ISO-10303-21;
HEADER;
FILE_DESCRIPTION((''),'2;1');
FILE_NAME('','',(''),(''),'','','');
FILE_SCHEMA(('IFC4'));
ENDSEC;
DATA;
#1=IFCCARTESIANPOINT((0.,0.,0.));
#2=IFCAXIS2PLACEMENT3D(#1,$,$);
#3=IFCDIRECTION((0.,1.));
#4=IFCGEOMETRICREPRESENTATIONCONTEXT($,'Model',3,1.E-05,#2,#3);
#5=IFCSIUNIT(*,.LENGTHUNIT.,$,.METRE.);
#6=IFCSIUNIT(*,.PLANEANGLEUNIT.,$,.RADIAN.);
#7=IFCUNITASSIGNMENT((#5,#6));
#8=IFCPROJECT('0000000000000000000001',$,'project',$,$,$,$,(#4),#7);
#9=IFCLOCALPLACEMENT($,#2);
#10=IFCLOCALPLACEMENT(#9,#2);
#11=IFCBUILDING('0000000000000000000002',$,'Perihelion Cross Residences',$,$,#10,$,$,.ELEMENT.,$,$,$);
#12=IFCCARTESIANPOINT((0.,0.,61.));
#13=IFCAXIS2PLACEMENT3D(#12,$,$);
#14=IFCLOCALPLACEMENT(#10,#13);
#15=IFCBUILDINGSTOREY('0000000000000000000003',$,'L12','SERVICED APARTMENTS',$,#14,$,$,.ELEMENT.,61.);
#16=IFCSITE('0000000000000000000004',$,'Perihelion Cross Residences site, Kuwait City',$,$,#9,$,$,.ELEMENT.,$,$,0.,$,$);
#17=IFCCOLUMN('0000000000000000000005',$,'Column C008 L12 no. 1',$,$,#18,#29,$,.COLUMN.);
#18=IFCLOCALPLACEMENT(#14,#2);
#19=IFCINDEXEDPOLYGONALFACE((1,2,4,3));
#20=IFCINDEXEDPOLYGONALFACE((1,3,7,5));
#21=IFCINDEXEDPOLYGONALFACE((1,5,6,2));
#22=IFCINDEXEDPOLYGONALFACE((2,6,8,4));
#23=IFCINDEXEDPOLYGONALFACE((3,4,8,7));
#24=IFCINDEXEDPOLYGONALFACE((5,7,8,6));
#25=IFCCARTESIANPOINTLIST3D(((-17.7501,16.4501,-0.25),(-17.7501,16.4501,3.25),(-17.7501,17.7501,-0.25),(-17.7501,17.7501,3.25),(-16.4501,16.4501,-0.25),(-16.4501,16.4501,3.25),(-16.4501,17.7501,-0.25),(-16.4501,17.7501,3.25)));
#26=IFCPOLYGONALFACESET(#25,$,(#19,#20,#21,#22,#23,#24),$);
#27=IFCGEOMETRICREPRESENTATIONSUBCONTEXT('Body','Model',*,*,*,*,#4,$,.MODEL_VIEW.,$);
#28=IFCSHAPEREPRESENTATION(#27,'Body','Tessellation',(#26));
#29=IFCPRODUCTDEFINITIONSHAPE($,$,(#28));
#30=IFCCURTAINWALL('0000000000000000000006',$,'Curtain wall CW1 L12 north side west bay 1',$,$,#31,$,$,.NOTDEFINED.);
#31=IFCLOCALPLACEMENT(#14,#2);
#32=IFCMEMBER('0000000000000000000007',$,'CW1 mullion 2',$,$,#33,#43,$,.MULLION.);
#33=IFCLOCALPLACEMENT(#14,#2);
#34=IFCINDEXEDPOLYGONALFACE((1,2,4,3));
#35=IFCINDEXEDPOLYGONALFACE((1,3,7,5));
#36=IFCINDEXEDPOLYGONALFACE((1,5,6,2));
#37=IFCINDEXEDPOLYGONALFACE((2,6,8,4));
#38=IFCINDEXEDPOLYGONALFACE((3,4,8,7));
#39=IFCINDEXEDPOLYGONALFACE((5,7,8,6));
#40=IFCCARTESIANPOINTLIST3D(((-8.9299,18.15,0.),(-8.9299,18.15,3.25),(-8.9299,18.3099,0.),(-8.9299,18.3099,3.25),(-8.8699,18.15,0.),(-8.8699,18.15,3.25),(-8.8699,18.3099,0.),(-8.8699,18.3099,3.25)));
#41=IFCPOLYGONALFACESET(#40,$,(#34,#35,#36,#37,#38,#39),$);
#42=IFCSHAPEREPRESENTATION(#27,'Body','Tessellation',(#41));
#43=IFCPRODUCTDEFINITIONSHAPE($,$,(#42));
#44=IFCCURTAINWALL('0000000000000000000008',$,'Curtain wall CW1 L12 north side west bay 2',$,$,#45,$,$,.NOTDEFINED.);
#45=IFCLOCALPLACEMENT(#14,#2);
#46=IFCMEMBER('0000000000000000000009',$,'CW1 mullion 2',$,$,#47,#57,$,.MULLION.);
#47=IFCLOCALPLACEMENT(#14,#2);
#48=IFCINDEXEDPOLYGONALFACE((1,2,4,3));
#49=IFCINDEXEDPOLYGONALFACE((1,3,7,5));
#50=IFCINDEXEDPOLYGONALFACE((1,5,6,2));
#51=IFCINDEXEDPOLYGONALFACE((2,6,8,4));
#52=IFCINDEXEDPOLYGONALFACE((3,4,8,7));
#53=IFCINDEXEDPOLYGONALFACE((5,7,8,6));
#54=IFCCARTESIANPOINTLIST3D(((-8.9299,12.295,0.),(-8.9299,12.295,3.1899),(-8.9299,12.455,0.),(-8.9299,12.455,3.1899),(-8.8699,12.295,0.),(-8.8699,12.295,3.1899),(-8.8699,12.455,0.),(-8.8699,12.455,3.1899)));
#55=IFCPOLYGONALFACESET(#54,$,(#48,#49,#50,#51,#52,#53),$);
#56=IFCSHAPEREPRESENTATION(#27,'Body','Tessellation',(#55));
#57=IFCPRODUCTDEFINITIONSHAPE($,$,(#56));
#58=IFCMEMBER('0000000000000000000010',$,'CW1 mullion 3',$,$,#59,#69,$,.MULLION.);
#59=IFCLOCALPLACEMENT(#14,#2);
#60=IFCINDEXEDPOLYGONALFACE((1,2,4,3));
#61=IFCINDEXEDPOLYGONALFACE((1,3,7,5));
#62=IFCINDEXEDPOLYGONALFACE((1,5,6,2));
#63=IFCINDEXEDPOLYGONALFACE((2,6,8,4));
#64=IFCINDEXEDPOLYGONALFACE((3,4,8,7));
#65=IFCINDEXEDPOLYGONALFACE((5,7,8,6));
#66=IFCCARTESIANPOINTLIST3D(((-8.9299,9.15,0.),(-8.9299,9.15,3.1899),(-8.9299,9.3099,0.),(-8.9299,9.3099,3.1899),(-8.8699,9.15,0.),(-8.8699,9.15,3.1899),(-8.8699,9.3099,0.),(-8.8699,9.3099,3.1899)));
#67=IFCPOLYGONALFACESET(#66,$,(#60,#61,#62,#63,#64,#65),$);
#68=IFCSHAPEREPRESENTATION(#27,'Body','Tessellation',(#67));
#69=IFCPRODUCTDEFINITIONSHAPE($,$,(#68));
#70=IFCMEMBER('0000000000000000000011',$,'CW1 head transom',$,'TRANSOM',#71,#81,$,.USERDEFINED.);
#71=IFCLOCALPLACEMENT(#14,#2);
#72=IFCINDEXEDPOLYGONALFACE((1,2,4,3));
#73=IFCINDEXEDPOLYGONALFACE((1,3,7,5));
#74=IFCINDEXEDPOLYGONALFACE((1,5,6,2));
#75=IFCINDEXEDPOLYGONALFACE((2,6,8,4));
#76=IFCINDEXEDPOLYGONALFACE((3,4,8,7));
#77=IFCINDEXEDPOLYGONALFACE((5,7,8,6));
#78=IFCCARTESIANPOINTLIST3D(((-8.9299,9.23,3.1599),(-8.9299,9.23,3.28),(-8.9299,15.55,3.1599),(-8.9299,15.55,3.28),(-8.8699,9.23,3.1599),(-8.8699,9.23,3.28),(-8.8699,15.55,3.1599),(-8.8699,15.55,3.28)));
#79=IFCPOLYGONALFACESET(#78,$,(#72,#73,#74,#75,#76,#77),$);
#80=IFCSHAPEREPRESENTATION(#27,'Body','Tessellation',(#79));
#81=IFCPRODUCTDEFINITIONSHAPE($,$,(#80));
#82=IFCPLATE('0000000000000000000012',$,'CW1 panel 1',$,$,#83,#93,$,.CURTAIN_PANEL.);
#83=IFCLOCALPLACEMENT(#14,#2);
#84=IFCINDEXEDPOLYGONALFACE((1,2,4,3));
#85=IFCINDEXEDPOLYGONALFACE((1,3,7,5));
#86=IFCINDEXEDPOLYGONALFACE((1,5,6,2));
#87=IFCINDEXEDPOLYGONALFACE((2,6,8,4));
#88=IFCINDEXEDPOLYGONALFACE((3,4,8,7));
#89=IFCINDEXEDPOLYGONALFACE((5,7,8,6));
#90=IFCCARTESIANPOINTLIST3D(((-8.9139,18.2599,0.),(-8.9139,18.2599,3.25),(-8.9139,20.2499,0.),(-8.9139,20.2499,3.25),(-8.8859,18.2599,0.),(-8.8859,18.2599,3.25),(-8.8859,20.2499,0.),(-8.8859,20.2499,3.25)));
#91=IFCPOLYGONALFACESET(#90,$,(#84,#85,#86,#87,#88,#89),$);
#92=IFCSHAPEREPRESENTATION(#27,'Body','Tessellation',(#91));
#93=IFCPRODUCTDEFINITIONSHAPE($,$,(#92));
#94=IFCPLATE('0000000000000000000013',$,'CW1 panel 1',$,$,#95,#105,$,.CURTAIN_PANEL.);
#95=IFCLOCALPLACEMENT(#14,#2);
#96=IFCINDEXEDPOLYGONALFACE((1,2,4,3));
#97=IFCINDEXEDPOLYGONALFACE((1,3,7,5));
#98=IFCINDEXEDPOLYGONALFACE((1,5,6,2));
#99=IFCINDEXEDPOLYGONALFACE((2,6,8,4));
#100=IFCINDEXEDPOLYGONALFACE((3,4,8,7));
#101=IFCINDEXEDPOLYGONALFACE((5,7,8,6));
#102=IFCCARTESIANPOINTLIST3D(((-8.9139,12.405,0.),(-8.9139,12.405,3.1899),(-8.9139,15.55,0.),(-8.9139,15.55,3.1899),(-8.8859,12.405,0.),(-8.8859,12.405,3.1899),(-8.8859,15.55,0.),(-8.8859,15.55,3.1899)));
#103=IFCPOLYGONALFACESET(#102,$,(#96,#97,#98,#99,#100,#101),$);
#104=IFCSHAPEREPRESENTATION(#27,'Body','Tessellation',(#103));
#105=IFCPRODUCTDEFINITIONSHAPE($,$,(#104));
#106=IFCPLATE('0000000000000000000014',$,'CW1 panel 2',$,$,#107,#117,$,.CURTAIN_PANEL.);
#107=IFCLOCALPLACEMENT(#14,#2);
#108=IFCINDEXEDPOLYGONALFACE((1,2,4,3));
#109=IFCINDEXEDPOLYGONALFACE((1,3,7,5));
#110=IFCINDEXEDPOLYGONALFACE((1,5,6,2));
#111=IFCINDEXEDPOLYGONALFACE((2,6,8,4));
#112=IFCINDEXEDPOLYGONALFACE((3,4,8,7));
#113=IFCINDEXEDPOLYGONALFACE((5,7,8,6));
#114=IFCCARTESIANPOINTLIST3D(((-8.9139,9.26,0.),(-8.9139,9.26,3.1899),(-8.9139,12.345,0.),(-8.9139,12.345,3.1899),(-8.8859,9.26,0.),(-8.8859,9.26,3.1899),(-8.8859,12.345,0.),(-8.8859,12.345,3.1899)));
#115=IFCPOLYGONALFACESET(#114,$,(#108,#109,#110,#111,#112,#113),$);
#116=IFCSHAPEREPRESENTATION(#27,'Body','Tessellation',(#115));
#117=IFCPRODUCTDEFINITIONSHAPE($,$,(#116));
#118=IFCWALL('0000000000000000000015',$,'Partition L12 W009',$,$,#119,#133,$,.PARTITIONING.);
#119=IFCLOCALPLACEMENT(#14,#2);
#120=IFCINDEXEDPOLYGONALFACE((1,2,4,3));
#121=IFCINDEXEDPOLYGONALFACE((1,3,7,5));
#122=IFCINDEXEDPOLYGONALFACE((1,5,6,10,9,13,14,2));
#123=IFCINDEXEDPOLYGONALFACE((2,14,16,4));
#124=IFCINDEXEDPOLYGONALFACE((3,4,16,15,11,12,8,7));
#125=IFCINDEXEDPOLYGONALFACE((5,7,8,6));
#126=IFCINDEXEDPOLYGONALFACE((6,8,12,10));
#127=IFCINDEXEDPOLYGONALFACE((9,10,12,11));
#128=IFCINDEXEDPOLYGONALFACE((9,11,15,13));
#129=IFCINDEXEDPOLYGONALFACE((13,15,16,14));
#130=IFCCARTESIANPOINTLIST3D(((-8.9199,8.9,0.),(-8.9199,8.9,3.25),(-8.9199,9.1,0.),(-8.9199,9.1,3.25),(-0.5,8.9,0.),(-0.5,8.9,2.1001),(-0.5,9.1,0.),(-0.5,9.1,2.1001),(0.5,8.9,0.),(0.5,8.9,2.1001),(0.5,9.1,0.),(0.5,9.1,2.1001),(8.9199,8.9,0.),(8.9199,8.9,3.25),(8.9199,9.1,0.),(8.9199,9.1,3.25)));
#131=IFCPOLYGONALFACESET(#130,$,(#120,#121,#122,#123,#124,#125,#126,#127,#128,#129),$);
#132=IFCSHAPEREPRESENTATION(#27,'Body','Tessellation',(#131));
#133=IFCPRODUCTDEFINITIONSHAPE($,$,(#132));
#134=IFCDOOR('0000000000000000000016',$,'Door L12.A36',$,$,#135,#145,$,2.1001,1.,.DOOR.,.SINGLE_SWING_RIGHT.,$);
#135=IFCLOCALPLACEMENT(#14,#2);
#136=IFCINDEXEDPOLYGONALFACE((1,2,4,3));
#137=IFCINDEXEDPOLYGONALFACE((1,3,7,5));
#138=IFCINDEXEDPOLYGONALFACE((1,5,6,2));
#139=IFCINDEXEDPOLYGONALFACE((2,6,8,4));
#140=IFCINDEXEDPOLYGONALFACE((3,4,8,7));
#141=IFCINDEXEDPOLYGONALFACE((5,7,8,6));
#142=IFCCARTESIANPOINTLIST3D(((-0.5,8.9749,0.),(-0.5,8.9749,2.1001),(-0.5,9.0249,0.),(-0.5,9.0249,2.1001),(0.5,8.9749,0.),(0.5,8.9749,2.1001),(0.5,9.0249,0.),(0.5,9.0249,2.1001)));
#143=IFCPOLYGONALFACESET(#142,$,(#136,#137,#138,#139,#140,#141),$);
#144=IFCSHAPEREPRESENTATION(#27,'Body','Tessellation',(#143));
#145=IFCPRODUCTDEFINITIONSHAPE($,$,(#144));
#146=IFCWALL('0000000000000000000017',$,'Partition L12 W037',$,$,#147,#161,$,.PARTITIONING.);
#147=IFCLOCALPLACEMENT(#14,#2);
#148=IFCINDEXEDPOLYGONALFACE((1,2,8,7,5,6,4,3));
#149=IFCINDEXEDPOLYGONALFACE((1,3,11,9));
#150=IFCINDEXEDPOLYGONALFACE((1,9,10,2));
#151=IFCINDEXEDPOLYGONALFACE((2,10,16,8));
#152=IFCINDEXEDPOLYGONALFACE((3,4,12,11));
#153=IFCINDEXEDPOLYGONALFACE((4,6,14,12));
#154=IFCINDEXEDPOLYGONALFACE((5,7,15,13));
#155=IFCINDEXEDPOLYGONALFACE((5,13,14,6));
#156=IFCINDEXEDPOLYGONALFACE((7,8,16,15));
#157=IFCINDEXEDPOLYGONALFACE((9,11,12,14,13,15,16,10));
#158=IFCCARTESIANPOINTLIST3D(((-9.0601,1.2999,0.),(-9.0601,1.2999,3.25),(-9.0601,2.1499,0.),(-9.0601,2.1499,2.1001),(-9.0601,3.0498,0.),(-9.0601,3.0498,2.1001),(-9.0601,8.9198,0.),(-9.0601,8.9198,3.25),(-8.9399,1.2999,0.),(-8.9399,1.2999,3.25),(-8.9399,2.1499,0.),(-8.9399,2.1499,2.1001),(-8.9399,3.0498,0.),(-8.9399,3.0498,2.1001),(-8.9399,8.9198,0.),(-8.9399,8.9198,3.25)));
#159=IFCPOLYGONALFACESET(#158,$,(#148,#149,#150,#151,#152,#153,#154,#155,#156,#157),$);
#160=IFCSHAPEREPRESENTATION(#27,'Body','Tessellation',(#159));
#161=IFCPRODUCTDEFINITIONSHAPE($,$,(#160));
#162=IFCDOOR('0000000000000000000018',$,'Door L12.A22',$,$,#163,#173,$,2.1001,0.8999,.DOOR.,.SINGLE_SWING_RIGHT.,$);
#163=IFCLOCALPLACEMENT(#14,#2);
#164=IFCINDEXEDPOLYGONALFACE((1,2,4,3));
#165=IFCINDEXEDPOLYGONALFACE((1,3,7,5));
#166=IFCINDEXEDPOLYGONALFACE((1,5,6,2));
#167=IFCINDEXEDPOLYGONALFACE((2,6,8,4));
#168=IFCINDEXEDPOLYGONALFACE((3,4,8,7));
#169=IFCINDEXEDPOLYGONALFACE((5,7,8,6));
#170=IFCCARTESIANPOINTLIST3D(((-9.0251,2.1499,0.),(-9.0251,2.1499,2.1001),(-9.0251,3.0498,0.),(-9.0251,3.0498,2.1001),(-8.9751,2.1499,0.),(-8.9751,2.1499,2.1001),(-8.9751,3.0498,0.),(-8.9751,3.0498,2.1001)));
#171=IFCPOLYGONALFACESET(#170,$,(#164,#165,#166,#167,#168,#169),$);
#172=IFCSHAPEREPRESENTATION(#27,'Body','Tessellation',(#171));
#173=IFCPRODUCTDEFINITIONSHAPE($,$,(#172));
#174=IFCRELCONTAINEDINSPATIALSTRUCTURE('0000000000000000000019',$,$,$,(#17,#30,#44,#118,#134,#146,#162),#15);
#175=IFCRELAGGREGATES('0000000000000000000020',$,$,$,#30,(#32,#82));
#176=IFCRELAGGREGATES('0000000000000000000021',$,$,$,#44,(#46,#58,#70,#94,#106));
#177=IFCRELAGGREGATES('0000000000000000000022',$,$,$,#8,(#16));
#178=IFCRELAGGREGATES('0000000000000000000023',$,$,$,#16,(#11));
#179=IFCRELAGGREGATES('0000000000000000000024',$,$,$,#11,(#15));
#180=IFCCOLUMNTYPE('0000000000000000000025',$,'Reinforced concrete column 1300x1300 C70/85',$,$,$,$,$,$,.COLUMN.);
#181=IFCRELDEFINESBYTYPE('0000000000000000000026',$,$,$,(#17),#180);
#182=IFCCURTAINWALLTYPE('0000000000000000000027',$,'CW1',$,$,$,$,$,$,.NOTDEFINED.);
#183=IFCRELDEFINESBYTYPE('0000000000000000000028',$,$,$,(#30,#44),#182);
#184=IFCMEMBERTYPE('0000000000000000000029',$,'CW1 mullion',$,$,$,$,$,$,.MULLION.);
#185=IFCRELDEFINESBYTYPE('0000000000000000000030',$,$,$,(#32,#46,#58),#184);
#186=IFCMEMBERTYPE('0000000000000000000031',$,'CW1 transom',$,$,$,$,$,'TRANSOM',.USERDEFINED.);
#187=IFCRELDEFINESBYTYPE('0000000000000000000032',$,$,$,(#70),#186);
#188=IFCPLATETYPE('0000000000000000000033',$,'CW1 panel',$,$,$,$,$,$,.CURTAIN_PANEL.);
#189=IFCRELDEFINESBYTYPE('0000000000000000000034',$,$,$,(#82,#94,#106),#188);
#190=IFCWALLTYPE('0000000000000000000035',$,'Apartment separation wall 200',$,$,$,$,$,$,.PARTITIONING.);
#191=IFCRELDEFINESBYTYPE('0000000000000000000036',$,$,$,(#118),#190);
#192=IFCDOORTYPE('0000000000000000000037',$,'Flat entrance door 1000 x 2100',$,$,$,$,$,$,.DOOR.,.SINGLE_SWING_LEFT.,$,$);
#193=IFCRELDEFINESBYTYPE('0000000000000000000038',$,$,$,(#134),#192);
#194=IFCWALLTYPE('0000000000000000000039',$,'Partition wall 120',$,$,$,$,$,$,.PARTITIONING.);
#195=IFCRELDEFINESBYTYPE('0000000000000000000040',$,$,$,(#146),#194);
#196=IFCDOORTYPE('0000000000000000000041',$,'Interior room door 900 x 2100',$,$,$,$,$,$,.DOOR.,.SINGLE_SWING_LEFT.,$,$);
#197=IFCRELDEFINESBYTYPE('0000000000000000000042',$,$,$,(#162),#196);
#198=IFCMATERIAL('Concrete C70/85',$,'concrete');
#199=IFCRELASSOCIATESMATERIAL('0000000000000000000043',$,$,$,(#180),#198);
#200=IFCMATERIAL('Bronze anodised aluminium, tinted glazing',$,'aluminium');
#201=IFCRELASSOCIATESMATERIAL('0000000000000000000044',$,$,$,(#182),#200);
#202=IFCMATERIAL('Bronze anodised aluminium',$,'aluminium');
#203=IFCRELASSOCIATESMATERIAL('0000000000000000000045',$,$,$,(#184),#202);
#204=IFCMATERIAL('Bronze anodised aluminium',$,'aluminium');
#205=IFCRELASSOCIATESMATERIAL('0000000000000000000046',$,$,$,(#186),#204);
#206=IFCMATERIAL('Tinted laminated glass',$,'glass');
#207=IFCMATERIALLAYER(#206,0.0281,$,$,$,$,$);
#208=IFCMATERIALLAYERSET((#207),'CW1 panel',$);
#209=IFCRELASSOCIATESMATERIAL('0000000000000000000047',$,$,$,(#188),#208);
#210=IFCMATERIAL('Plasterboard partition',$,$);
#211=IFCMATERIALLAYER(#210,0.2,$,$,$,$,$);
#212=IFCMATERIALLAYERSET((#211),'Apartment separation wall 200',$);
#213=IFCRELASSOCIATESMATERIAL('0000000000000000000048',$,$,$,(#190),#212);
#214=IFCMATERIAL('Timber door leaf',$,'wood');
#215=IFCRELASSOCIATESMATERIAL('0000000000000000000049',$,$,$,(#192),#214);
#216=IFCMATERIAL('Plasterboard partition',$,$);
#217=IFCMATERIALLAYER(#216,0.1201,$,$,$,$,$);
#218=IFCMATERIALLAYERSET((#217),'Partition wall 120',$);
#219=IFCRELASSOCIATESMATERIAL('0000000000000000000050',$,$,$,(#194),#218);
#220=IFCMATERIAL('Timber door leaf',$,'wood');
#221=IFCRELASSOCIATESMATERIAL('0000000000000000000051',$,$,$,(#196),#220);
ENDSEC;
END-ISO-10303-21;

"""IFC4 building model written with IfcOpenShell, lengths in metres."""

from ifc_helpers import new_model, si_unit, direction, frame, frame_2d, origin, origin_2d, place, context, subcontext, project, spatial, rectangle, extrude, material, layer, layer_set, material_profile, profile_set, type_object, element, fill, aggregate, save


model = new_model("IFC4")

# Units and contexts
model_context = context("Model", 3, precision=1e-05, world=origin(), true_north=direction((0.0, 1.0)))
body_context = subcontext(model_context, "Body", "Model", "MODEL_VIEW")
ifc_project = project(units=[si_unit("LENGTHUNIT", "METRE"), si_unit("PLANEANGLEUNIT", "RADIAN")], contexts=[model_context])

# Site, building, storey
site_placement = place(None, origin())
site = spatial("IfcSite", under=ifc_project, at=site_placement, Name="Perihelion Cross Residences site, Kuwait City", CompositionType="ELEMENT", RefElevation=0.0)
building_placement = place(site_placement, origin())
building = spatial("IfcBuilding", under=site, at=building_placement, Name="Perihelion Cross Residences", CompositionType="ELEMENT")
storey_placement = place(building_placement, frame((0.0, 0.0, 61.0)))
storey = spatial("IfcBuildingStorey", under=building, at=storey_placement, Name="L12", Description="SERVICED APARTMENTS", CompositionType="ELEMENT", Elevation=61.0)

# Column
ifc_material_1 = material(Name="Concrete C70/85", Category="concrete")
ifc_material_profile_1 = material_profile(ifc_material_1, rectangle(XDim=1.3, YDim=1.3, at=origin_2d()), Name="RC 1300x1300")
ifc_profile_set_1 = profile_set([ifc_material_profile_1], Name="Concrete C70/85")
column_type = type_object("IfcColumnType", Name="Reinforced concrete column 1300x1300 C70/85", PredefinedType="COLUMN", material=ifc_profile_set_1)
column_placement = place(storey_placement, frame((-17.1001, 17.1001, -0.25), z_axis=(0.0, 0.0, 1.0), x_axis=(1.0, 0.0, 0.0)))
element("IfcColumn", 1, at=column_placement, inside=storey, type_object=column_type, Name="Column C008 L12 no. 1", PredefinedType="COLUMN", context=body_context, shape_type="SweptSolid", body=[
    extrude(rectangle(XDim=1.3, YDim=1.3, at=origin_2d()), origin(), (0.0, 0.0, 1.0), 3.5),
])

# Curtain wall, member
ifc_material_2 = material(Name="Bronze anodised aluminium, tinted glazing", Category="aluminium")
curtain_wall_type = type_object("IfcCurtainWallType", Name="CW1", PredefinedType="NOTDEFINED", material=ifc_material_2)
curtain_wall_1_placement = place(storey_placement, origin())
curtain_wall_1 = element("IfcCurtainWall", 2, at=curtain_wall_1_placement, inside=storey, type_object=curtain_wall_type, Name="Curtain wall CW1 L12 north side west bay 1", PredefinedType="NOTDEFINED")
ifc_material_3 = material(Name="Bronze anodised aluminium", Category="aluminium")
ifc_material_profile_2 = material_profile(ifc_material_3, rectangle(XDim=0.0601, YDim=0.1599, at=origin_2d()), Name="CW1 mullion")
ifc_profile_set_2 = profile_set([ifc_material_profile_2], Name="Bronze anodised aluminium")
member_type_1 = type_object("IfcMemberType", Name="CW1 mullion", PredefinedType="MULLION", material=ifc_profile_set_2)
member_1_placement = place(storey_placement, frame((-8.8999, 18.23, 0.0), z_axis=(0.0, 0.0, 1.0), x_axis=(1.0, 0.0, 0.0)))
member_1 = element("IfcMember", 3, at=member_1_placement, type_object=member_type_1, Name="CW1 mullion 2", PredefinedType="MULLION", context=body_context, shape_type="SweptSolid", body=[
    extrude(rectangle(XDim=0.0601, YDim=0.1599, at=origin_2d()), origin(), (0.0, 0.0, 1.0), 3.25),
])

# Curtain wall, members
curtain_wall_2_placement = place(storey_placement, origin())
curtain_wall_2 = element("IfcCurtainWall", 4, at=curtain_wall_2_placement, inside=storey, type_object=curtain_wall_type, Name="Curtain wall CW1 L12 north side west bay 2", PredefinedType="NOTDEFINED")
member_2_placement = place(storey_placement, frame((-8.8999, 12.375, 0.0), z_axis=(0.0, 0.0, 1.0), x_axis=(1.0, 0.0, 0.0)))
member_2 = element("IfcMember", 5, at=member_2_placement, type_object=member_type_1, Name="CW1 mullion 2", PredefinedType="MULLION", context=body_context, shape_type="SweptSolid", body=[
    extrude(rectangle(XDim=0.0601, YDim=0.1599, at=origin_2d()), origin(), (0.0, 0.0, 1.0), 3.1899),
])
member_3_placement = place(storey_placement, frame((-8.8999, 9.23, 0.0), z_axis=(0.0, 0.0, 1.0), x_axis=(1.0, 0.0, 0.0)))
member_3 = element("IfcMember", 6, at=member_3_placement, type_object=member_type_1, Name="CW1 mullion 3", PredefinedType="MULLION", context=body_context, shape_type="SweptSolid", body=[
    extrude(rectangle(XDim=0.0601, YDim=0.1599, at=origin_2d()), origin(), (0.0, 0.0, 1.0), 3.1899),
])
ifc_material_4 = material(Name="Bronze anodised aluminium", Category="aluminium")
ifc_material_profile_3 = material_profile(ifc_material_4, rectangle(XDim=0.0601, YDim=0.1201, at=origin_2d()), Name="CW1 transom")
ifc_profile_set_3 = profile_set([ifc_material_profile_3], Name="Bronze anodised aluminium")
member_type_2 = type_object("IfcMemberType", Name="CW1 transom", ElementType="TRANSOM", PredefinedType="USERDEFINED", material=ifc_profile_set_3)
member_4_placement = place(storey_placement, frame((-8.8999, 15.55, 3.22), z_axis=(0.0, -1.0, 0.0), x_axis=(1.0, 0.0, 0.0)))
member_4 = element("IfcMember", 7, at=member_4_placement, type_object=member_type_2, Name="CW1 head transom", ObjectType="TRANSOM", PredefinedType="USERDEFINED", context=body_context, shape_type="SweptSolid", body=[
    extrude(rectangle(XDim=0.0601, YDim=0.1201, at=origin_2d()), origin(), (0.0, 0.0, 1.0), 6.3201),
])

# Plates
ifc_material_5 = material(Name="Tinted laminated glass", Category="glass")
ifc_layer_1 = layer(ifc_material_5, 0.0281)
ifc_layer_set_1 = layer_set([ifc_layer_1], Name="CW1 panel")
plate_type = type_object("IfcPlateType", Name="CW1 panel", PredefinedType="CURTAIN_PANEL", material=ifc_layer_set_1)
plate_1_placement = place(storey_placement, frame((-8.8999, 19.2549, 0.0), z_axis=(0.0, 0.0, 1.0), x_axis=(0.0, -1.0, 0.0)))
plate_1 = element("IfcPlate", 8, at=plate_1_placement, type_object=plate_type, Name="CW1 panel 1", PredefinedType="CURTAIN_PANEL", context=body_context, shape_type="SweptSolid", body=[
    extrude(rectangle(XDim=1.99, YDim=0.0281, at=origin_2d()), origin(), (0.0, 0.0, 1.0), 3.25),
])
aggregate(curtain_wall_1, [member_1, plate_1])
plate_2_placement = place(storey_placement, frame((-8.8999, 13.9775, 0.0), z_axis=(0.0, 0.0, 1.0), x_axis=(0.0, -1.0, 0.0)))
plate_2 = element("IfcPlate", 9, at=plate_2_placement, type_object=plate_type, Name="CW1 panel 1", PredefinedType="CURTAIN_PANEL", context=body_context, shape_type="SweptSolid", body=[
    extrude(rectangle(XDim=3.145, YDim=0.0281, at=origin_2d()), origin(), (0.0, 0.0, 1.0), 3.1899),
])
plate_3_placement = place(storey_placement, frame((-8.8999, 10.8025, 0.0), z_axis=(0.0, 0.0, 1.0), x_axis=(0.0, -1.0, 0.0)))
plate_3 = element("IfcPlate", 10, at=plate_3_placement, type_object=plate_type, Name="CW1 panel 2", PredefinedType="CURTAIN_PANEL", context=body_context, shape_type="SweptSolid", body=[
    extrude(rectangle(XDim=3.085, YDim=0.0281, at=origin_2d()), origin(), (0.0, 0.0, 1.0), 3.1899),
])
aggregate(curtain_wall_2, [member_2, member_3, member_4, plate_2, plate_3])

# Walls, openings, doors
ifc_material_6 = material(Name="Plasterboard partition")
ifc_layer_2 = layer(ifc_material_6, 0.2)
ifc_layer_set_2 = layer_set([ifc_layer_2], Name="Apartment separation wall 200")
wall_type_1 = type_object("IfcWallType", Name="Apartment separation wall 200", PredefinedType="PARTITIONING", material=ifc_layer_set_2)
wall_1_placement = place(storey_placement, frame((-8.9199, 9.0, 0.0), z_axis=(0.0, 0.0, 1.0), x_axis=(1.0, 0.0, 0.0)))
wall_1 = element("IfcWall", 11, at=wall_1_placement, inside=storey, type_object=wall_type_1, Name="Partition L12 W009", PredefinedType="PARTITIONING", context=body_context, shape_type="SweptSolid", body=[
    extrude(rectangle(XDim=17.8398, YDim=0.2, at=frame_2d((8.9199, 0.0))), origin(), (0.0, 0.0, 1.0), 3.25),
])
opening_1_placement = place(wall_1_placement, frame((8.4199, 0.0, 0.0)))
opening_1 = element("IfcOpeningElement", 12, at=opening_1_placement, cuts=wall_1, PredefinedType="OPENING", context=body_context, shape_type="SweptSolid", body=[
    extrude(rectangle(XDim=1.0, YDim=2.1001, at=frame_2d((0.5, 1.05))), frame((0.0, 0.1099, 0.0), z_axis=(0.0, -1.0, 0.0), x_axis=(1.0, 0.0, 0.0)), (0.0, 0.0, 1.0), 0.22),
])
ifc_material_7 = material(Name="Timber door leaf", Category="wood")
door_type_1 = type_object("IfcDoorType", Name="Flat entrance door 1000 x 2100", OperationType="SINGLE_SWING_LEFT", PredefinedType="DOOR", material=ifc_material_7)
door_1_placement = place(opening_1_placement, origin())
door_1 = element("IfcDoor", 13, at=door_1_placement, inside=storey, type_object=door_type_1, Name="Door L12.A36", OperationType="SINGLE_SWING_RIGHT", OverallHeight=2.1001, OverallWidth=1.0, PredefinedType="DOOR", context=body_context, shape_type="SweptSolid", body=[
    extrude(rectangle(XDim=1.0, YDim=2.1001, at=frame_2d((0.5, 1.05))), frame((0.0, 0.0249, 0.0), z_axis=(0.0, -1.0, 0.0), x_axis=(1.0, 0.0, 0.0)), (0.0, 0.0, 1.0), 0.05),
])
fill(opening_1, door_1)
ifc_material_8 = material(Name="Plasterboard partition")
ifc_layer_3 = layer(ifc_material_8, 0.1201)
ifc_layer_set_3 = layer_set([ifc_layer_3], Name="Partition wall 120")
wall_type_2 = type_object("IfcWallType", Name="Partition wall 120", PredefinedType="PARTITIONING", material=ifc_layer_set_3)
wall_2_placement = place(storey_placement, frame((-9.0, 8.9199, 0.0), z_axis=(0.0, 0.0, 1.0), x_axis=(0.0, -1.0, 0.0)))
wall_2 = element("IfcWall", 14, at=wall_2_placement, inside=storey, type_object=wall_type_2, Name="Partition L12 W037", PredefinedType="PARTITIONING", context=body_context, shape_type="SweptSolid", body=[
    extrude(rectangle(XDim=7.6199, YDim=0.1201, at=frame_2d((3.8101, 0.0))), origin(), (0.0, 0.0, 1.0), 3.25),
])
opening_2_placement = place(wall_2_placement, frame((5.8701, 0.0, 0.0)))
opening_2 = element("IfcOpeningElement", 15, at=opening_2_placement, cuts=wall_2, PredefinedType="OPENING", context=body_context, shape_type="SweptSolid", body=[
    extrude(rectangle(XDim=0.8999, YDim=2.1001, at=frame_2d((0.45, 1.05))), frame((0.0, 0.0701, 0.0), z_axis=(0.0, -1.0, 0.0), x_axis=(1.0, 0.0, 0.0)), (0.0, 0.0, 1.0), 0.1401),
])
ifc_material_9 = material(Name="Timber door leaf", Category="wood")
door_type_2 = type_object("IfcDoorType", Name="Interior room door 900 x 2100", OperationType="SINGLE_SWING_LEFT", PredefinedType="DOOR", material=ifc_material_9)
door_2_placement = place(opening_2_placement, origin())
door_2 = element("IfcDoor", 16, at=door_2_placement, inside=storey, type_object=door_type_2, Name="Door L12.A22", OperationType="SINGLE_SWING_RIGHT", OverallHeight=2.1001, OverallWidth=0.8999, PredefinedType="DOOR", context=body_context, shape_type="SweptSolid", body=[
    extrude(rectangle(XDim=0.8999, YDim=2.1001, at=frame_2d((0.45, 1.05))), frame((0.0, 0.0249, 0.0), z_axis=(0.0, -1.0, 0.0), x_axis=(1.0, 0.0, 0.0)), (0.0, 0.0, 1.0), 0.05),
])
fill(opening_2, door_2)

save(model, "model.ifc")
